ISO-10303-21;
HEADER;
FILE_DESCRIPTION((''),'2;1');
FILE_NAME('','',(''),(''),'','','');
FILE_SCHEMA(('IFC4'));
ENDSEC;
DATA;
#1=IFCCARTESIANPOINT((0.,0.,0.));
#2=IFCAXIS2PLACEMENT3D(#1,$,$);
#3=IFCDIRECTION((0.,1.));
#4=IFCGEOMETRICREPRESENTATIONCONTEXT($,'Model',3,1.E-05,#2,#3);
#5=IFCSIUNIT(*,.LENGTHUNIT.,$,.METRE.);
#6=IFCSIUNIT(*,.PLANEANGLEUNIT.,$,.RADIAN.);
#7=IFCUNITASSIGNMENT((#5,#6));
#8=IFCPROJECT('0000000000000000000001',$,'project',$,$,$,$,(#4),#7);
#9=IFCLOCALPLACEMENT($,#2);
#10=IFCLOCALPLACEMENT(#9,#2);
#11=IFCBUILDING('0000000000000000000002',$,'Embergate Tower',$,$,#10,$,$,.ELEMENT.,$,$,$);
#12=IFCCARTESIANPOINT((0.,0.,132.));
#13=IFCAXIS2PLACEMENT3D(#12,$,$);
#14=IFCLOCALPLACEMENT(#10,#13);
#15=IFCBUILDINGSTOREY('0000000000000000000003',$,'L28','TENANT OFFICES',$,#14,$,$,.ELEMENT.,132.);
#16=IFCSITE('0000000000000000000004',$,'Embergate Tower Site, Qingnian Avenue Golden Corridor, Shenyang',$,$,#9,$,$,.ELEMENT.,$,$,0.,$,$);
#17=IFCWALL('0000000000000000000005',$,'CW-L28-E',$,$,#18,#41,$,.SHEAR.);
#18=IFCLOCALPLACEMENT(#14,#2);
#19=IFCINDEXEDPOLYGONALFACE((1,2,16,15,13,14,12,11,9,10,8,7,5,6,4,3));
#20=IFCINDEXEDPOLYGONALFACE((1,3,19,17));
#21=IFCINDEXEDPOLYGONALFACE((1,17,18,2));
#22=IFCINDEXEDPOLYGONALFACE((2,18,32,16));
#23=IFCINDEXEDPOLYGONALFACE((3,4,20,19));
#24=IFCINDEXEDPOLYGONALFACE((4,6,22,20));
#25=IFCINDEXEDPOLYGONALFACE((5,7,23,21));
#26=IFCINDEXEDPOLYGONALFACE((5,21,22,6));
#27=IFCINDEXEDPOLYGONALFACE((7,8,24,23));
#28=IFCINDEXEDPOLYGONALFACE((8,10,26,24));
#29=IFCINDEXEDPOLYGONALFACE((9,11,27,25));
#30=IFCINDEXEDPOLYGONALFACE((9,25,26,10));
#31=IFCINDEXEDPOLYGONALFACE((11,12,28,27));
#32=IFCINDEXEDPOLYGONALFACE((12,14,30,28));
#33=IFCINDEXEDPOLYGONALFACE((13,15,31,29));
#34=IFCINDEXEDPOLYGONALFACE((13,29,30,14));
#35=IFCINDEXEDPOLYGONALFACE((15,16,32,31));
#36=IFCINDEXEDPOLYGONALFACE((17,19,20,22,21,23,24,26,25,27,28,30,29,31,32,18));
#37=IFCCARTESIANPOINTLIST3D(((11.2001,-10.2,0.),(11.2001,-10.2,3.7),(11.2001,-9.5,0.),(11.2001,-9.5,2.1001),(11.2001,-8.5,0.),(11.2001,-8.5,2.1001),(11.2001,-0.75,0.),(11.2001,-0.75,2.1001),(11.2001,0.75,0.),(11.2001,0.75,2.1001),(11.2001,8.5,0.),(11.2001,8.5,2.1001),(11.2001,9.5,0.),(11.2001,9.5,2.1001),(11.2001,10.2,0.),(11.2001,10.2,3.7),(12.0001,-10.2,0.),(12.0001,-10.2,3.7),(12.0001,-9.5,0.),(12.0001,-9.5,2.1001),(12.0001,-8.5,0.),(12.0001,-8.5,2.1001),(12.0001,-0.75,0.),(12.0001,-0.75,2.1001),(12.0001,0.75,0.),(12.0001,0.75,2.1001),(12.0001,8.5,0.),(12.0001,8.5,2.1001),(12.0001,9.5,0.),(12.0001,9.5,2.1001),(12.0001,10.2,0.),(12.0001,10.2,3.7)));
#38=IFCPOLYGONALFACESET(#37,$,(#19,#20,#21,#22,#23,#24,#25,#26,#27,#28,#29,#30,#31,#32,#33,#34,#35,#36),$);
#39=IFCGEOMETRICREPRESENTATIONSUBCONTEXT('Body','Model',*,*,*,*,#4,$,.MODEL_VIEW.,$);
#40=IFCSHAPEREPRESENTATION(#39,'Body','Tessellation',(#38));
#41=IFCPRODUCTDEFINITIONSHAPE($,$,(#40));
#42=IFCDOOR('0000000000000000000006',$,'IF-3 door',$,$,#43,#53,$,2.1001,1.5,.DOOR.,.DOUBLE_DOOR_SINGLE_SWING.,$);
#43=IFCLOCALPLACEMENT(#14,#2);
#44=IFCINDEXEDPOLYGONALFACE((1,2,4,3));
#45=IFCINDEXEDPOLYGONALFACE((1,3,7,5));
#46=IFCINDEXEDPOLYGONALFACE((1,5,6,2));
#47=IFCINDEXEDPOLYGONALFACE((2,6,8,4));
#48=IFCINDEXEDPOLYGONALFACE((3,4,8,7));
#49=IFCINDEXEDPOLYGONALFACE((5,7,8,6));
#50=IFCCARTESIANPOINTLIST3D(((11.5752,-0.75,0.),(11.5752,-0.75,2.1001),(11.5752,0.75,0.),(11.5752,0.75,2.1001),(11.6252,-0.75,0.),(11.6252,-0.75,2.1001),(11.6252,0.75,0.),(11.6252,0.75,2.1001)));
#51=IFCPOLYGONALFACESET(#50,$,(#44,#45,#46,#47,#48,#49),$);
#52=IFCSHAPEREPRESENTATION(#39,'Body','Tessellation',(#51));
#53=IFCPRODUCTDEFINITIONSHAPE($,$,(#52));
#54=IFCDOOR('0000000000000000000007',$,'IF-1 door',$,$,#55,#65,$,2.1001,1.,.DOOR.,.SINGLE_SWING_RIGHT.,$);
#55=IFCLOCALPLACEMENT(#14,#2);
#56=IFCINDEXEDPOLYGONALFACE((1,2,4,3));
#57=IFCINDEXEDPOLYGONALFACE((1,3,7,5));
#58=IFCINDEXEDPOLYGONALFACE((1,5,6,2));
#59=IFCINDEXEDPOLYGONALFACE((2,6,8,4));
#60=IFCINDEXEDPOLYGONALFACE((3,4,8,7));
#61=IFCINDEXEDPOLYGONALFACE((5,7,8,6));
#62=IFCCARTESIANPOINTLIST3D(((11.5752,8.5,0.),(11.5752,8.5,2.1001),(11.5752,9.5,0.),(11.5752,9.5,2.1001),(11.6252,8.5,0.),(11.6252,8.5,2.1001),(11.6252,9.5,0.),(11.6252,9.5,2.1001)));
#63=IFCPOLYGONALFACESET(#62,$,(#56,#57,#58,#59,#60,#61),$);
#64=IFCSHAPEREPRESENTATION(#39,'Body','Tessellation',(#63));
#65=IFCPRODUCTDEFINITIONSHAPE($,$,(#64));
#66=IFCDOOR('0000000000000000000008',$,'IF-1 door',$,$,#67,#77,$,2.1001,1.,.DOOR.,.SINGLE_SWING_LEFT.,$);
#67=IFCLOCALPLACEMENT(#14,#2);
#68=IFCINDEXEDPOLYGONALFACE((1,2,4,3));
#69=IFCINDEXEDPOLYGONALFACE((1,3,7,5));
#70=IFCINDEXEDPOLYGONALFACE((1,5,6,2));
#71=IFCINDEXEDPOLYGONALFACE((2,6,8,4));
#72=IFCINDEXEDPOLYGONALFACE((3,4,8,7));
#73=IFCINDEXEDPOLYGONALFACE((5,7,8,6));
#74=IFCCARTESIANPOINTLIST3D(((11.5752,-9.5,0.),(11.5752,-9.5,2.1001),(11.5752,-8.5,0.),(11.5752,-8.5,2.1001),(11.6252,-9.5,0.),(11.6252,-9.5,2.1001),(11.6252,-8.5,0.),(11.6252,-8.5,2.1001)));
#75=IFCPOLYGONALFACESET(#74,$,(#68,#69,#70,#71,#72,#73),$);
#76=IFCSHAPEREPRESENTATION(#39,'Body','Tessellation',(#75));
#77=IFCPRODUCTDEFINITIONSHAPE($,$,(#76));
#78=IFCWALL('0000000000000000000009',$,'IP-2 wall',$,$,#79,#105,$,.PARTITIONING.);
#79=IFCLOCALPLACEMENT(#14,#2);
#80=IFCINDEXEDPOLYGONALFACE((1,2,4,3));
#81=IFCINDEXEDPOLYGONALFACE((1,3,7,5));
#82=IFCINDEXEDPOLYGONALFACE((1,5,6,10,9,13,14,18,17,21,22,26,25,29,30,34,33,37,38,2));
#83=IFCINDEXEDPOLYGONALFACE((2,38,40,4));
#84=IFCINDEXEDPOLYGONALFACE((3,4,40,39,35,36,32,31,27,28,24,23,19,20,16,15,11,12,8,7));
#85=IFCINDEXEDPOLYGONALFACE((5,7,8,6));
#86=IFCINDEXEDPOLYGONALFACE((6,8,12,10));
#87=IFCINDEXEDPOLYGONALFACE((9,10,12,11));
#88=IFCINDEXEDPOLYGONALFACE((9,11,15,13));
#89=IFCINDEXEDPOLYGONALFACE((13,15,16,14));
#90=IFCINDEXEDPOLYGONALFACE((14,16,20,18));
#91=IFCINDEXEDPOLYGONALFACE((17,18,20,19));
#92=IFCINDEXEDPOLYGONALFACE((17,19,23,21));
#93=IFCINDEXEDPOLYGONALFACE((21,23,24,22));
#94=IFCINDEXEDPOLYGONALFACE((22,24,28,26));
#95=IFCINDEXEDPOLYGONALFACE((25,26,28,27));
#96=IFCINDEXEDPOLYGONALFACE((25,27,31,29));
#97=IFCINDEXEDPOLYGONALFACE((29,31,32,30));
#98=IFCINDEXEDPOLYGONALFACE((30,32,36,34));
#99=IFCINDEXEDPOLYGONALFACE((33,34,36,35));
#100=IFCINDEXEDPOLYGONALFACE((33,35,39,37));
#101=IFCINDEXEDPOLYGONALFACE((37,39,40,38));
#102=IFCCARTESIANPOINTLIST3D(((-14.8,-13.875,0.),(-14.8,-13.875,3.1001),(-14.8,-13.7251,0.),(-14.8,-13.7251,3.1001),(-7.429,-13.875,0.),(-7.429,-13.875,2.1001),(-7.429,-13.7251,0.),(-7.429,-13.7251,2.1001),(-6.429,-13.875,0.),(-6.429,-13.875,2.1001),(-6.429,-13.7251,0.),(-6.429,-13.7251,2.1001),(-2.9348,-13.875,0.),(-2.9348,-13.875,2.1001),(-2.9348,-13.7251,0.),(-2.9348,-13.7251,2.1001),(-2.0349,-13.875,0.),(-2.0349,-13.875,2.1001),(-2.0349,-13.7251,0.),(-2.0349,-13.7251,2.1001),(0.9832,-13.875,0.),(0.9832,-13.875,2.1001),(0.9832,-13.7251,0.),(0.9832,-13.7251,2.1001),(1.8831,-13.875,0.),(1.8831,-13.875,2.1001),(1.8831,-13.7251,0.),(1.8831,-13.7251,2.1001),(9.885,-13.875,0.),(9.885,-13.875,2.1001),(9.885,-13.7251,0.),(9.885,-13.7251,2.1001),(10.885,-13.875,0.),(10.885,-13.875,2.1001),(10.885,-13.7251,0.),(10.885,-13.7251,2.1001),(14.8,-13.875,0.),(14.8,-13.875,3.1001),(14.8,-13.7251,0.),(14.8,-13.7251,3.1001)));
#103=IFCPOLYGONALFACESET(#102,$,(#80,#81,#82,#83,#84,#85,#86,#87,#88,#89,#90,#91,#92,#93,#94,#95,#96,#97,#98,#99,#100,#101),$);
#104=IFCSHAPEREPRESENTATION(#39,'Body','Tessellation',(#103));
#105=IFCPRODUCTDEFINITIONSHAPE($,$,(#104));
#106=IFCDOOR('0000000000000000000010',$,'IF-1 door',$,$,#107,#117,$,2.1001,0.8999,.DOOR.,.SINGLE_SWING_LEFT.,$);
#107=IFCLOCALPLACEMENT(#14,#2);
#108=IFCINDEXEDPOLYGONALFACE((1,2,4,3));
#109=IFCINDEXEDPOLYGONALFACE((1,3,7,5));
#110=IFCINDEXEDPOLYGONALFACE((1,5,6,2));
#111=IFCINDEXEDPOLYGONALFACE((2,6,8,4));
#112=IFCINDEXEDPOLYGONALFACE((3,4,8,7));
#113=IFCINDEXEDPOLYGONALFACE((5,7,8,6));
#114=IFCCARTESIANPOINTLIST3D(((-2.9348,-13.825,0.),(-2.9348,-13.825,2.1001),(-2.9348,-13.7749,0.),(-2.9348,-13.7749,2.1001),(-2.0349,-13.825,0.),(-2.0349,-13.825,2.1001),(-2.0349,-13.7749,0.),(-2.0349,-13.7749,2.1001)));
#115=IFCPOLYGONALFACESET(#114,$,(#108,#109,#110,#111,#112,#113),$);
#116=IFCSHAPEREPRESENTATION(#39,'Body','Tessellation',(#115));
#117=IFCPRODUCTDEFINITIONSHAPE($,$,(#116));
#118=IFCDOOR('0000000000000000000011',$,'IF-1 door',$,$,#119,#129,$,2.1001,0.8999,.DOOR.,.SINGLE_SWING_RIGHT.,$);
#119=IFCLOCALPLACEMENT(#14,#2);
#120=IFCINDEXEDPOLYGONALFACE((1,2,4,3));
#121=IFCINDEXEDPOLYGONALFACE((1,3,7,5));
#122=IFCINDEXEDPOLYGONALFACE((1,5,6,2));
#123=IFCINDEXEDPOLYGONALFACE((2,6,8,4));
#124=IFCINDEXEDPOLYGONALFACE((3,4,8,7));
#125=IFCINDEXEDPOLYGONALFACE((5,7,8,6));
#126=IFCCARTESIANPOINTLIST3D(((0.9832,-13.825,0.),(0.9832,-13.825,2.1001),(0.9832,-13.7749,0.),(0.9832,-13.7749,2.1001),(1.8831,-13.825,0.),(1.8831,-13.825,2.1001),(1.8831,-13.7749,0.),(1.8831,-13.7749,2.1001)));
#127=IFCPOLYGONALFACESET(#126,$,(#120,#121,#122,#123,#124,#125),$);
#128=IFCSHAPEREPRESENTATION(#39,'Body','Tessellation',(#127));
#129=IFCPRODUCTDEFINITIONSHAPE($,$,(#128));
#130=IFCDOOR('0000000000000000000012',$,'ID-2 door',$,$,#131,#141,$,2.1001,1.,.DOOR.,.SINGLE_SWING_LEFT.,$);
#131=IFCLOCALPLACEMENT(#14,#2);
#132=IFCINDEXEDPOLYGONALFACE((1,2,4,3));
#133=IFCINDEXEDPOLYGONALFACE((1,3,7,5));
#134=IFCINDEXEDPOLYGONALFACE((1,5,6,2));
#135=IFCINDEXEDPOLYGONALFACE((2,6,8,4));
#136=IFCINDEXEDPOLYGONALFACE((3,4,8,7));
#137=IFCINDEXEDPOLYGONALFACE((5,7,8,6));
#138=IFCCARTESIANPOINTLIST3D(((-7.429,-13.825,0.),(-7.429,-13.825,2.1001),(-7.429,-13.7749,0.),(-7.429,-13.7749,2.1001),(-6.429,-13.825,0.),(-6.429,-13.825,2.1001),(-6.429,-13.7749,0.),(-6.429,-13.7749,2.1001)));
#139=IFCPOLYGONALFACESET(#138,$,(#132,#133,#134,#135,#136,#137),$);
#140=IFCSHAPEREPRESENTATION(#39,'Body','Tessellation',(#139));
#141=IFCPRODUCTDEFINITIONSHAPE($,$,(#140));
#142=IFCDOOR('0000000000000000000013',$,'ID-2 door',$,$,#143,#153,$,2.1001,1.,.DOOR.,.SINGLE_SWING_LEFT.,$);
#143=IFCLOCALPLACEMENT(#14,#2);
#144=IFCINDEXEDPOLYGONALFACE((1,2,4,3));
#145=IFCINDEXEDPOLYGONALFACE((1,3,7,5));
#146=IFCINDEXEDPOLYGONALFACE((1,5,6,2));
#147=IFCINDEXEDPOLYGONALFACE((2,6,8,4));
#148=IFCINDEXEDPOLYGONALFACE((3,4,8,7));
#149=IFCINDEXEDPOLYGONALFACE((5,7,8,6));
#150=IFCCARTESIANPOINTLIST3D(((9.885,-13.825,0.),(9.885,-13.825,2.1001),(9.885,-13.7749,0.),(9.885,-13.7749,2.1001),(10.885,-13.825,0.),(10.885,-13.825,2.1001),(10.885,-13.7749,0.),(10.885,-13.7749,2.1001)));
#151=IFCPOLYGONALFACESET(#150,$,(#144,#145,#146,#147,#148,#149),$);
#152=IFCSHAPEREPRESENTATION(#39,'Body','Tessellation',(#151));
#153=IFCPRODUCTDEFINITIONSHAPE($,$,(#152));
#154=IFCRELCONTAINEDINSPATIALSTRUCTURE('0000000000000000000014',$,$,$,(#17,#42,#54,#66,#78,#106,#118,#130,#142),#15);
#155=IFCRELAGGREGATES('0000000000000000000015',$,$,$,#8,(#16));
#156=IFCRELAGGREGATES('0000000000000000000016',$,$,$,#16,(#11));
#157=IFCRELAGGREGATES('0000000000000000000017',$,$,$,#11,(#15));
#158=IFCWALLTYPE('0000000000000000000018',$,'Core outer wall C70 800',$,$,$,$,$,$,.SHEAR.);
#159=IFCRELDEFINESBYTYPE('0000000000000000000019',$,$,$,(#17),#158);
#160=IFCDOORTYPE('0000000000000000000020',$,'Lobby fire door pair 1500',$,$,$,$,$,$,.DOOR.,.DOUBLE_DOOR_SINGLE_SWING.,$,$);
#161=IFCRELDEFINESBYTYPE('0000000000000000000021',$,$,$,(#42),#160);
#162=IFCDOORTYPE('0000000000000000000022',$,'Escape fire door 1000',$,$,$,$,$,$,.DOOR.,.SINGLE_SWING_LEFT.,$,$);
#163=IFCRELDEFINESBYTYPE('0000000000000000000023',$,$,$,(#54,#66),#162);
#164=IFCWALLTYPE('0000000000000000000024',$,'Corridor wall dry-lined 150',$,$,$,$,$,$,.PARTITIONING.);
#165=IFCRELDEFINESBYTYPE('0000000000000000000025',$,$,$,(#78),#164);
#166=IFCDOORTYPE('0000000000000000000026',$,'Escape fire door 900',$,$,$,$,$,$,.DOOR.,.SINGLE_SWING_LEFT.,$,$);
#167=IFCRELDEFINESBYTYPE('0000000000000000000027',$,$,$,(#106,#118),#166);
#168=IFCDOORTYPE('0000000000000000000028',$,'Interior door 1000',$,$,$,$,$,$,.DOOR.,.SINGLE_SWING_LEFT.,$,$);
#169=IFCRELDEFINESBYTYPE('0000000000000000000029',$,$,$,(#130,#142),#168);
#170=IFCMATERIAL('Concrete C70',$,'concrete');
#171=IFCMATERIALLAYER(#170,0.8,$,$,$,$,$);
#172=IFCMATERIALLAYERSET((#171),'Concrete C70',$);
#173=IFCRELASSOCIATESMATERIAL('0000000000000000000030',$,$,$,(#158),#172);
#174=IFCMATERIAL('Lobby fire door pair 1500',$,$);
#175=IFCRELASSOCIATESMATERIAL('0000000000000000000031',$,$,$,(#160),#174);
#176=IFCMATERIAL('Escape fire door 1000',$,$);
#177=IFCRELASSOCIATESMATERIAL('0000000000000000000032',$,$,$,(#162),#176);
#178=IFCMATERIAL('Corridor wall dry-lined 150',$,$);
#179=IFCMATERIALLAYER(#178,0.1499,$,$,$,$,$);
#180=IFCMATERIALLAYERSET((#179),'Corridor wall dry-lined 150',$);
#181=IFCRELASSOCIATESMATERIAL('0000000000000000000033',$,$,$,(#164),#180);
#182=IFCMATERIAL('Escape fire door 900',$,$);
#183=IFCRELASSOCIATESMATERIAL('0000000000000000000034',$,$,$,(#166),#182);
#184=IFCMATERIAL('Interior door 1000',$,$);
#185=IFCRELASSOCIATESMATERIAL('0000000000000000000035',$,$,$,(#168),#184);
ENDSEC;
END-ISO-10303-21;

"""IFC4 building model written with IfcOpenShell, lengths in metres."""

from ifc_helpers import new_model, si_unit, direction, frame, frame_2d, origin, place, context, subcontext, project, spatial, rectangle, extrude, source, transform, mapped, material, layer, layer_set, type_object, element, fill, save


model = new_model("IFC4")

# Units and contexts
model_context = context("Model", 3, precision=1e-05, world=origin(), true_north=direction((0.0, 1.0)))
body_context = subcontext(model_context, "Body", "Model", "MODEL_VIEW")
ifc_project = project(units=[si_unit("LENGTHUNIT", "METRE"), si_unit("PLANEANGLEUNIT", "RADIAN")], contexts=[model_context])

# Site, building, storey
site_placement = place(None, origin())
site = spatial("IfcSite", under=ifc_project, at=site_placement, Name="Embergate Tower Site, Qingnian Avenue Golden Corridor, Shenyang", CompositionType="ELEMENT", RefElevation=0.0)
building_placement = place(site_placement, origin())
building = spatial("IfcBuilding", under=site, at=building_placement, Name="Embergate Tower", CompositionType="ELEMENT")
storey_placement = place(building_placement, frame((0.0, 0.0, 132.0)))
storey = spatial("IfcBuildingStorey", under=building, at=storey_placement, Name="L28", Description="TENANT OFFICES", CompositionType="ELEMENT", Elevation=132.0)

# Shared definitions
ifc_material_1 = material(Name="Concrete C70", Category="concrete")

# Walls, openings, doors
ifc_layer_1 = layer(ifc_material_1, 0.8)
ifc_layer_set_1 = layer_set([ifc_layer_1], Name="Concrete C70")
wall_type_1 = type_object("IfcWallType", Name="Core outer wall C70 800", PredefinedType="SHEAR", material=ifc_layer_set_1)
shared_shape_1 = source(origin(), body_context, "Body", "SweptSolid", [
    extrude(rectangle(XDim=20.3999, YDim=0.8, at=frame_2d((10.2, 0.0))), origin(), (0.0, 0.0, 1.0), 3.7),
])
wall_1_placement = place(storey_placement, frame((11.6001, -10.2, 0.0), z_axis=(0.0, 0.0, 1.0), x_axis=(0.0, 1.0, 0.0)))
wall_1 = element("IfcWall", 1, at=wall_1_placement, inside=storey, type_object=wall_type_1, Name="CW-L28-E", PredefinedType="SHEAR", context=body_context, shape_type="MappedRepresentation", body=[
    mapped(shared_shape_1, transform((0.0, 0.0, 0.0))),
])
shared_shape_2 = source(origin(), body_context, "Body", "SweptSolid", [
    extrude(rectangle(XDim=1.0, YDim=2.1001, at=frame_2d((0.5, 1.05))), frame((0.0, 0.4099, 0.0), z_axis=(0.0, -1.0, 0.0), x_axis=(1.0, 0.0, 0.0)), (0.0, 0.0, 1.0), 0.8201),
])
opening_1_placement = place(wall_1_placement, frame((18.7, 0.0, 0.0)))
opening_1 = element("IfcOpeningElement", 2, at=opening_1_placement, cuts=wall_1, PredefinedType="OPENING", context=body_context, shape_type="MappedRepresentation", body=[
    mapped(shared_shape_2, transform((0.0, 0.0, 0.0))),
])
opening_2_placement = place(wall_1_placement, frame((0.7, 0.0, 0.0)))
opening_2 = element("IfcOpeningElement", 3, at=opening_2_placement, cuts=wall_1, PredefinedType="OPENING", context=body_context, shape_type="MappedRepresentation", body=[
    mapped(shared_shape_2, transform((0.0, 0.0, 0.0))),
])
shared_shape_3 = source(origin(), body_context, "Body", "SweptSolid", [
    extrude(rectangle(XDim=1.5, YDim=2.1001, at=frame_2d((0.75, 1.05))), frame((0.0, 0.4099, 0.0), z_axis=(0.0, -1.0, 0.0), x_axis=(1.0, 0.0, 0.0)), (0.0, 0.0, 1.0), 0.8201),
])
opening_3_placement = place(wall_1_placement, frame((9.45, 0.0, 0.0)))
opening_3 = element("IfcOpeningElement", 4, at=opening_3_placement, cuts=wall_1, PredefinedType="OPENING", context=body_context, shape_type="MappedRepresentation", body=[
    mapped(shared_shape_3, transform((0.0, 0.0, 0.0))),
])
ifc_material_2 = material(Name="Lobby fire door pair 1500")
door_type_1 = type_object("IfcDoorType", Name="Lobby fire door pair 1500", OperationType="DOUBLE_DOOR_SINGLE_SWING", PredefinedType="DOOR", material=ifc_material_2)
shared_shape_4 = source(origin(), body_context, "Body", "SweptSolid", [
    extrude(rectangle(XDim=1.5, YDim=2.1001, at=frame_2d((0.75, 1.05))), frame((0.0, 0.0249, 0.0), z_axis=(0.0, -1.0, 0.0), x_axis=(1.0, 0.0, 0.0)), (0.0, 0.0, 1.0), 0.05),
])
door_1_placement = place(opening_3_placement, origin())
door_1 = element("IfcDoor", 5, at=door_1_placement, inside=storey, type_object=door_type_1, Name="IF-3 door", OperationType="DOUBLE_DOOR_SINGLE_SWING", OverallHeight=2.1001, OverallWidth=1.5, PredefinedType="DOOR", context=body_context, shape_type="MappedRepresentation", body=[
    mapped(shared_shape_4, transform((0.0, 0.0, 0.0))),
])
fill(opening_3, door_1)
ifc_material_3 = material(Name="Escape fire door 1000")
door_type_2 = type_object("IfcDoorType", Name="Escape fire door 1000", OperationType="SINGLE_SWING_LEFT", PredefinedType="DOOR", material=ifc_material_3)
shared_shape_5 = source(origin(), body_context, "Body", "SweptSolid", [
    extrude(rectangle(XDim=1.0, YDim=2.1001, at=frame_2d((0.5, 1.05))), frame((0.0, 0.0249, 0.0), z_axis=(0.0, -1.0, 0.0), x_axis=(1.0, 0.0, 0.0)), (0.0, 0.0, 1.0), 0.05),
])
door_2_placement = place(opening_1_placement, origin())
door_2 = element("IfcDoor", 6, at=door_2_placement, inside=storey, type_object=door_type_2, Name="IF-1 door", OperationType="SINGLE_SWING_RIGHT", OverallHeight=2.1001, OverallWidth=1.0, PredefinedType="DOOR", context=body_context, shape_type="MappedRepresentation", body=[
    mapped(shared_shape_5, transform((0.0, 0.0, 0.0))),
])
fill(opening_1, door_2)
door_3_placement = place(opening_2_placement, origin())
door_3 = element("IfcDoor", 7, at=door_3_placement, inside=storey, type_object=door_type_2, Name="IF-1 door", OperationType="SINGLE_SWING_LEFT", OverallHeight=2.1001, OverallWidth=1.0, PredefinedType="DOOR", context=body_context, shape_type="MappedRepresentation", body=[
    mapped(shared_shape_5, transform((0.0, 0.0, 0.0))),
])
fill(opening_2, door_3)
ifc_material_4 = material(Name="Corridor wall dry-lined 150")
ifc_layer_2 = layer(ifc_material_4, 0.1499)
ifc_layer_set_2 = layer_set([ifc_layer_2], Name="Corridor wall dry-lined 150")
wall_type_2 = type_object("IfcWallType", Name="Corridor wall dry-lined 150", PredefinedType="PARTITIONING", material=ifc_layer_set_2)
shared_shape_6 = source(origin(), body_context, "Body", "SweptSolid", [
    extrude(rectangle(XDim=29.6001, YDim=0.1499, at=frame_2d((14.8, 0.0))), origin(), (0.0, 0.0, 1.0), 3.1001),
])
wall_2_placement = place(storey_placement, frame((14.8, -13.8, 0.0), z_axis=(0.0, 0.0, 1.0), x_axis=(-1.0, 0.0, 0.0)))
wall_2 = element("IfcWall", 8, at=wall_2_placement, inside=storey, type_object=wall_type_2, Name="IP-2 wall", PredefinedType="PARTITIONING", context=body_context, shape_type="MappedRepresentation", body=[
    mapped(shared_shape_6, transform((0.0, 0.0, 0.0))),
])
shared_shape_7 = source(origin(), body_context, "Body", "SweptSolid", [
    extrude(rectangle(XDim=1.0, YDim=2.1001, at=frame_2d((0.5, 1.05))), frame((0.0, 0.085, 0.0), z_axis=(0.0, -1.0, 0.0), x_axis=(1.0, 0.0, 0.0)), (0.0, 0.0, 1.0), 0.1699),
])
opening_4_placement = place(wall_2_placement, frame((21.229, 0.0, 0.0)))
opening_4 = element("IfcOpeningElement", 9, at=opening_4_placement, cuts=wall_2, PredefinedType="OPENING", context=body_context, shape_type="MappedRepresentation", body=[
    mapped(shared_shape_7, transform((0.0, 0.0, 0.0))),
])
shared_shape_8 = source(origin(), body_context, "Body", "SweptSolid", [
    extrude(rectangle(XDim=0.8999, YDim=2.1001, at=frame_2d((0.45, 1.05))), frame((0.0, 0.085, 0.0), z_axis=(0.0, -1.0, 0.0), x_axis=(1.0, 0.0, 0.0)), (0.0, 0.0, 1.0), 0.1699),
])
opening_5_placement = place(wall_2_placement, frame((16.835, 0.0, 0.0)))
opening_5 = element("IfcOpeningElement", 10, at=opening_5_placement, cuts=wall_2, PredefinedType="OPENING", context=body_context, shape_type="MappedRepresentation", body=[
    mapped(shared_shape_8, transform((0.0, 0.0, 0.0))),
])
opening_6_placement = place(wall_2_placement, frame((12.917, 0.0, 0.0)))
opening_6 = element("IfcOpeningElement", 11, at=opening_6_placement, cuts=wall_2, PredefinedType="OPENING", context=body_context, shape_type="MappedRepresentation", body=[
    mapped(shared_shape_8, transform((0.0, 0.0, 0.0))),
])
opening_7_placement = place(wall_2_placement, frame((3.915, 0.0, 0.0)))
opening_7 = element("IfcOpeningElement", 12, at=opening_7_placement, cuts=wall_2, PredefinedType="OPENING", context=body_context, shape_type="MappedRepresentation", body=[
    mapped(shared_shape_7, transform((0.0, 0.0, 0.0))),
])
ifc_material_5 = material(Name="Escape fire door 900")
door_type_3 = type_object("IfcDoorType", Name="Escape fire door 900", OperationType="SINGLE_SWING_LEFT", PredefinedType="DOOR", material=ifc_material_5)
shared_shape_9 = source(origin(), body_context, "Body", "SweptSolid", [
    extrude(rectangle(XDim=0.8999, YDim=2.1001, at=frame_2d((0.45, 1.05))), frame((0.0, 0.0249, 0.0), z_axis=(0.0, -1.0, 0.0), x_axis=(1.0, 0.0, 0.0)), (0.0, 0.0, 1.0), 0.05),
])
door_4_placement = place(opening_5_placement, origin())
door_4 = element("IfcDoor", 13, at=door_4_placement, inside=storey, type_object=door_type_3, Name="IF-1 door", OperationType="SINGLE_SWING_LEFT", OverallHeight=2.1001, OverallWidth=0.8999, PredefinedType="DOOR", context=body_context, shape_type="MappedRepresentation", body=[
    mapped(shared_shape_9, transform((0.0, 0.0, 0.0))),
])
fill(opening_5, door_4)
door_5_placement = place(opening_6_placement, origin())
door_5 = element("IfcDoor", 14, at=door_5_placement, inside=storey, type_object=door_type_3, Name="IF-1 door", OperationType="SINGLE_SWING_RIGHT", OverallHeight=2.1001, OverallWidth=0.8999, PredefinedType="DOOR", context=body_context, shape_type="MappedRepresentation", body=[
    mapped(shared_shape_9, transform((0.0, 0.0, 0.0))),
])
fill(opening_6, door_5)
ifc_material_6 = material(Name="Interior door 1000")
door_type_4 = type_object("IfcDoorType", Name="Interior door 1000", OperationType="SINGLE_SWING_LEFT", PredefinedType="DOOR", material=ifc_material_6)
door_6_placement = place(opening_4_placement, origin())
door_6 = element("IfcDoor", 15, at=door_6_placement, inside=storey, type_object=door_type_4, Name="ID-2 door", OperationType="SINGLE_SWING_LEFT", OverallHeight=2.1001, OverallWidth=1.0, PredefinedType="DOOR", context=body_context, shape_type="MappedRepresentation", body=[
    mapped(shared_shape_5, transform((0.0, 0.0, 0.0))),
])
fill(opening_4, door_6)
door_7_placement = place(opening_7_placement, origin())
door_7 = element("IfcDoor", 16, at=door_7_placement, inside=storey, type_object=door_type_4, Name="ID-2 door", OperationType="SINGLE_SWING_LEFT", OverallHeight=2.1001, OverallWidth=1.0, PredefinedType="DOOR", context=body_context, shape_type="MappedRepresentation", body=[
    mapped(shared_shape_5, transform((0.0, 0.0, 0.0))),
])
fill(opening_7, door_7)

save(model, "model.ifc")
